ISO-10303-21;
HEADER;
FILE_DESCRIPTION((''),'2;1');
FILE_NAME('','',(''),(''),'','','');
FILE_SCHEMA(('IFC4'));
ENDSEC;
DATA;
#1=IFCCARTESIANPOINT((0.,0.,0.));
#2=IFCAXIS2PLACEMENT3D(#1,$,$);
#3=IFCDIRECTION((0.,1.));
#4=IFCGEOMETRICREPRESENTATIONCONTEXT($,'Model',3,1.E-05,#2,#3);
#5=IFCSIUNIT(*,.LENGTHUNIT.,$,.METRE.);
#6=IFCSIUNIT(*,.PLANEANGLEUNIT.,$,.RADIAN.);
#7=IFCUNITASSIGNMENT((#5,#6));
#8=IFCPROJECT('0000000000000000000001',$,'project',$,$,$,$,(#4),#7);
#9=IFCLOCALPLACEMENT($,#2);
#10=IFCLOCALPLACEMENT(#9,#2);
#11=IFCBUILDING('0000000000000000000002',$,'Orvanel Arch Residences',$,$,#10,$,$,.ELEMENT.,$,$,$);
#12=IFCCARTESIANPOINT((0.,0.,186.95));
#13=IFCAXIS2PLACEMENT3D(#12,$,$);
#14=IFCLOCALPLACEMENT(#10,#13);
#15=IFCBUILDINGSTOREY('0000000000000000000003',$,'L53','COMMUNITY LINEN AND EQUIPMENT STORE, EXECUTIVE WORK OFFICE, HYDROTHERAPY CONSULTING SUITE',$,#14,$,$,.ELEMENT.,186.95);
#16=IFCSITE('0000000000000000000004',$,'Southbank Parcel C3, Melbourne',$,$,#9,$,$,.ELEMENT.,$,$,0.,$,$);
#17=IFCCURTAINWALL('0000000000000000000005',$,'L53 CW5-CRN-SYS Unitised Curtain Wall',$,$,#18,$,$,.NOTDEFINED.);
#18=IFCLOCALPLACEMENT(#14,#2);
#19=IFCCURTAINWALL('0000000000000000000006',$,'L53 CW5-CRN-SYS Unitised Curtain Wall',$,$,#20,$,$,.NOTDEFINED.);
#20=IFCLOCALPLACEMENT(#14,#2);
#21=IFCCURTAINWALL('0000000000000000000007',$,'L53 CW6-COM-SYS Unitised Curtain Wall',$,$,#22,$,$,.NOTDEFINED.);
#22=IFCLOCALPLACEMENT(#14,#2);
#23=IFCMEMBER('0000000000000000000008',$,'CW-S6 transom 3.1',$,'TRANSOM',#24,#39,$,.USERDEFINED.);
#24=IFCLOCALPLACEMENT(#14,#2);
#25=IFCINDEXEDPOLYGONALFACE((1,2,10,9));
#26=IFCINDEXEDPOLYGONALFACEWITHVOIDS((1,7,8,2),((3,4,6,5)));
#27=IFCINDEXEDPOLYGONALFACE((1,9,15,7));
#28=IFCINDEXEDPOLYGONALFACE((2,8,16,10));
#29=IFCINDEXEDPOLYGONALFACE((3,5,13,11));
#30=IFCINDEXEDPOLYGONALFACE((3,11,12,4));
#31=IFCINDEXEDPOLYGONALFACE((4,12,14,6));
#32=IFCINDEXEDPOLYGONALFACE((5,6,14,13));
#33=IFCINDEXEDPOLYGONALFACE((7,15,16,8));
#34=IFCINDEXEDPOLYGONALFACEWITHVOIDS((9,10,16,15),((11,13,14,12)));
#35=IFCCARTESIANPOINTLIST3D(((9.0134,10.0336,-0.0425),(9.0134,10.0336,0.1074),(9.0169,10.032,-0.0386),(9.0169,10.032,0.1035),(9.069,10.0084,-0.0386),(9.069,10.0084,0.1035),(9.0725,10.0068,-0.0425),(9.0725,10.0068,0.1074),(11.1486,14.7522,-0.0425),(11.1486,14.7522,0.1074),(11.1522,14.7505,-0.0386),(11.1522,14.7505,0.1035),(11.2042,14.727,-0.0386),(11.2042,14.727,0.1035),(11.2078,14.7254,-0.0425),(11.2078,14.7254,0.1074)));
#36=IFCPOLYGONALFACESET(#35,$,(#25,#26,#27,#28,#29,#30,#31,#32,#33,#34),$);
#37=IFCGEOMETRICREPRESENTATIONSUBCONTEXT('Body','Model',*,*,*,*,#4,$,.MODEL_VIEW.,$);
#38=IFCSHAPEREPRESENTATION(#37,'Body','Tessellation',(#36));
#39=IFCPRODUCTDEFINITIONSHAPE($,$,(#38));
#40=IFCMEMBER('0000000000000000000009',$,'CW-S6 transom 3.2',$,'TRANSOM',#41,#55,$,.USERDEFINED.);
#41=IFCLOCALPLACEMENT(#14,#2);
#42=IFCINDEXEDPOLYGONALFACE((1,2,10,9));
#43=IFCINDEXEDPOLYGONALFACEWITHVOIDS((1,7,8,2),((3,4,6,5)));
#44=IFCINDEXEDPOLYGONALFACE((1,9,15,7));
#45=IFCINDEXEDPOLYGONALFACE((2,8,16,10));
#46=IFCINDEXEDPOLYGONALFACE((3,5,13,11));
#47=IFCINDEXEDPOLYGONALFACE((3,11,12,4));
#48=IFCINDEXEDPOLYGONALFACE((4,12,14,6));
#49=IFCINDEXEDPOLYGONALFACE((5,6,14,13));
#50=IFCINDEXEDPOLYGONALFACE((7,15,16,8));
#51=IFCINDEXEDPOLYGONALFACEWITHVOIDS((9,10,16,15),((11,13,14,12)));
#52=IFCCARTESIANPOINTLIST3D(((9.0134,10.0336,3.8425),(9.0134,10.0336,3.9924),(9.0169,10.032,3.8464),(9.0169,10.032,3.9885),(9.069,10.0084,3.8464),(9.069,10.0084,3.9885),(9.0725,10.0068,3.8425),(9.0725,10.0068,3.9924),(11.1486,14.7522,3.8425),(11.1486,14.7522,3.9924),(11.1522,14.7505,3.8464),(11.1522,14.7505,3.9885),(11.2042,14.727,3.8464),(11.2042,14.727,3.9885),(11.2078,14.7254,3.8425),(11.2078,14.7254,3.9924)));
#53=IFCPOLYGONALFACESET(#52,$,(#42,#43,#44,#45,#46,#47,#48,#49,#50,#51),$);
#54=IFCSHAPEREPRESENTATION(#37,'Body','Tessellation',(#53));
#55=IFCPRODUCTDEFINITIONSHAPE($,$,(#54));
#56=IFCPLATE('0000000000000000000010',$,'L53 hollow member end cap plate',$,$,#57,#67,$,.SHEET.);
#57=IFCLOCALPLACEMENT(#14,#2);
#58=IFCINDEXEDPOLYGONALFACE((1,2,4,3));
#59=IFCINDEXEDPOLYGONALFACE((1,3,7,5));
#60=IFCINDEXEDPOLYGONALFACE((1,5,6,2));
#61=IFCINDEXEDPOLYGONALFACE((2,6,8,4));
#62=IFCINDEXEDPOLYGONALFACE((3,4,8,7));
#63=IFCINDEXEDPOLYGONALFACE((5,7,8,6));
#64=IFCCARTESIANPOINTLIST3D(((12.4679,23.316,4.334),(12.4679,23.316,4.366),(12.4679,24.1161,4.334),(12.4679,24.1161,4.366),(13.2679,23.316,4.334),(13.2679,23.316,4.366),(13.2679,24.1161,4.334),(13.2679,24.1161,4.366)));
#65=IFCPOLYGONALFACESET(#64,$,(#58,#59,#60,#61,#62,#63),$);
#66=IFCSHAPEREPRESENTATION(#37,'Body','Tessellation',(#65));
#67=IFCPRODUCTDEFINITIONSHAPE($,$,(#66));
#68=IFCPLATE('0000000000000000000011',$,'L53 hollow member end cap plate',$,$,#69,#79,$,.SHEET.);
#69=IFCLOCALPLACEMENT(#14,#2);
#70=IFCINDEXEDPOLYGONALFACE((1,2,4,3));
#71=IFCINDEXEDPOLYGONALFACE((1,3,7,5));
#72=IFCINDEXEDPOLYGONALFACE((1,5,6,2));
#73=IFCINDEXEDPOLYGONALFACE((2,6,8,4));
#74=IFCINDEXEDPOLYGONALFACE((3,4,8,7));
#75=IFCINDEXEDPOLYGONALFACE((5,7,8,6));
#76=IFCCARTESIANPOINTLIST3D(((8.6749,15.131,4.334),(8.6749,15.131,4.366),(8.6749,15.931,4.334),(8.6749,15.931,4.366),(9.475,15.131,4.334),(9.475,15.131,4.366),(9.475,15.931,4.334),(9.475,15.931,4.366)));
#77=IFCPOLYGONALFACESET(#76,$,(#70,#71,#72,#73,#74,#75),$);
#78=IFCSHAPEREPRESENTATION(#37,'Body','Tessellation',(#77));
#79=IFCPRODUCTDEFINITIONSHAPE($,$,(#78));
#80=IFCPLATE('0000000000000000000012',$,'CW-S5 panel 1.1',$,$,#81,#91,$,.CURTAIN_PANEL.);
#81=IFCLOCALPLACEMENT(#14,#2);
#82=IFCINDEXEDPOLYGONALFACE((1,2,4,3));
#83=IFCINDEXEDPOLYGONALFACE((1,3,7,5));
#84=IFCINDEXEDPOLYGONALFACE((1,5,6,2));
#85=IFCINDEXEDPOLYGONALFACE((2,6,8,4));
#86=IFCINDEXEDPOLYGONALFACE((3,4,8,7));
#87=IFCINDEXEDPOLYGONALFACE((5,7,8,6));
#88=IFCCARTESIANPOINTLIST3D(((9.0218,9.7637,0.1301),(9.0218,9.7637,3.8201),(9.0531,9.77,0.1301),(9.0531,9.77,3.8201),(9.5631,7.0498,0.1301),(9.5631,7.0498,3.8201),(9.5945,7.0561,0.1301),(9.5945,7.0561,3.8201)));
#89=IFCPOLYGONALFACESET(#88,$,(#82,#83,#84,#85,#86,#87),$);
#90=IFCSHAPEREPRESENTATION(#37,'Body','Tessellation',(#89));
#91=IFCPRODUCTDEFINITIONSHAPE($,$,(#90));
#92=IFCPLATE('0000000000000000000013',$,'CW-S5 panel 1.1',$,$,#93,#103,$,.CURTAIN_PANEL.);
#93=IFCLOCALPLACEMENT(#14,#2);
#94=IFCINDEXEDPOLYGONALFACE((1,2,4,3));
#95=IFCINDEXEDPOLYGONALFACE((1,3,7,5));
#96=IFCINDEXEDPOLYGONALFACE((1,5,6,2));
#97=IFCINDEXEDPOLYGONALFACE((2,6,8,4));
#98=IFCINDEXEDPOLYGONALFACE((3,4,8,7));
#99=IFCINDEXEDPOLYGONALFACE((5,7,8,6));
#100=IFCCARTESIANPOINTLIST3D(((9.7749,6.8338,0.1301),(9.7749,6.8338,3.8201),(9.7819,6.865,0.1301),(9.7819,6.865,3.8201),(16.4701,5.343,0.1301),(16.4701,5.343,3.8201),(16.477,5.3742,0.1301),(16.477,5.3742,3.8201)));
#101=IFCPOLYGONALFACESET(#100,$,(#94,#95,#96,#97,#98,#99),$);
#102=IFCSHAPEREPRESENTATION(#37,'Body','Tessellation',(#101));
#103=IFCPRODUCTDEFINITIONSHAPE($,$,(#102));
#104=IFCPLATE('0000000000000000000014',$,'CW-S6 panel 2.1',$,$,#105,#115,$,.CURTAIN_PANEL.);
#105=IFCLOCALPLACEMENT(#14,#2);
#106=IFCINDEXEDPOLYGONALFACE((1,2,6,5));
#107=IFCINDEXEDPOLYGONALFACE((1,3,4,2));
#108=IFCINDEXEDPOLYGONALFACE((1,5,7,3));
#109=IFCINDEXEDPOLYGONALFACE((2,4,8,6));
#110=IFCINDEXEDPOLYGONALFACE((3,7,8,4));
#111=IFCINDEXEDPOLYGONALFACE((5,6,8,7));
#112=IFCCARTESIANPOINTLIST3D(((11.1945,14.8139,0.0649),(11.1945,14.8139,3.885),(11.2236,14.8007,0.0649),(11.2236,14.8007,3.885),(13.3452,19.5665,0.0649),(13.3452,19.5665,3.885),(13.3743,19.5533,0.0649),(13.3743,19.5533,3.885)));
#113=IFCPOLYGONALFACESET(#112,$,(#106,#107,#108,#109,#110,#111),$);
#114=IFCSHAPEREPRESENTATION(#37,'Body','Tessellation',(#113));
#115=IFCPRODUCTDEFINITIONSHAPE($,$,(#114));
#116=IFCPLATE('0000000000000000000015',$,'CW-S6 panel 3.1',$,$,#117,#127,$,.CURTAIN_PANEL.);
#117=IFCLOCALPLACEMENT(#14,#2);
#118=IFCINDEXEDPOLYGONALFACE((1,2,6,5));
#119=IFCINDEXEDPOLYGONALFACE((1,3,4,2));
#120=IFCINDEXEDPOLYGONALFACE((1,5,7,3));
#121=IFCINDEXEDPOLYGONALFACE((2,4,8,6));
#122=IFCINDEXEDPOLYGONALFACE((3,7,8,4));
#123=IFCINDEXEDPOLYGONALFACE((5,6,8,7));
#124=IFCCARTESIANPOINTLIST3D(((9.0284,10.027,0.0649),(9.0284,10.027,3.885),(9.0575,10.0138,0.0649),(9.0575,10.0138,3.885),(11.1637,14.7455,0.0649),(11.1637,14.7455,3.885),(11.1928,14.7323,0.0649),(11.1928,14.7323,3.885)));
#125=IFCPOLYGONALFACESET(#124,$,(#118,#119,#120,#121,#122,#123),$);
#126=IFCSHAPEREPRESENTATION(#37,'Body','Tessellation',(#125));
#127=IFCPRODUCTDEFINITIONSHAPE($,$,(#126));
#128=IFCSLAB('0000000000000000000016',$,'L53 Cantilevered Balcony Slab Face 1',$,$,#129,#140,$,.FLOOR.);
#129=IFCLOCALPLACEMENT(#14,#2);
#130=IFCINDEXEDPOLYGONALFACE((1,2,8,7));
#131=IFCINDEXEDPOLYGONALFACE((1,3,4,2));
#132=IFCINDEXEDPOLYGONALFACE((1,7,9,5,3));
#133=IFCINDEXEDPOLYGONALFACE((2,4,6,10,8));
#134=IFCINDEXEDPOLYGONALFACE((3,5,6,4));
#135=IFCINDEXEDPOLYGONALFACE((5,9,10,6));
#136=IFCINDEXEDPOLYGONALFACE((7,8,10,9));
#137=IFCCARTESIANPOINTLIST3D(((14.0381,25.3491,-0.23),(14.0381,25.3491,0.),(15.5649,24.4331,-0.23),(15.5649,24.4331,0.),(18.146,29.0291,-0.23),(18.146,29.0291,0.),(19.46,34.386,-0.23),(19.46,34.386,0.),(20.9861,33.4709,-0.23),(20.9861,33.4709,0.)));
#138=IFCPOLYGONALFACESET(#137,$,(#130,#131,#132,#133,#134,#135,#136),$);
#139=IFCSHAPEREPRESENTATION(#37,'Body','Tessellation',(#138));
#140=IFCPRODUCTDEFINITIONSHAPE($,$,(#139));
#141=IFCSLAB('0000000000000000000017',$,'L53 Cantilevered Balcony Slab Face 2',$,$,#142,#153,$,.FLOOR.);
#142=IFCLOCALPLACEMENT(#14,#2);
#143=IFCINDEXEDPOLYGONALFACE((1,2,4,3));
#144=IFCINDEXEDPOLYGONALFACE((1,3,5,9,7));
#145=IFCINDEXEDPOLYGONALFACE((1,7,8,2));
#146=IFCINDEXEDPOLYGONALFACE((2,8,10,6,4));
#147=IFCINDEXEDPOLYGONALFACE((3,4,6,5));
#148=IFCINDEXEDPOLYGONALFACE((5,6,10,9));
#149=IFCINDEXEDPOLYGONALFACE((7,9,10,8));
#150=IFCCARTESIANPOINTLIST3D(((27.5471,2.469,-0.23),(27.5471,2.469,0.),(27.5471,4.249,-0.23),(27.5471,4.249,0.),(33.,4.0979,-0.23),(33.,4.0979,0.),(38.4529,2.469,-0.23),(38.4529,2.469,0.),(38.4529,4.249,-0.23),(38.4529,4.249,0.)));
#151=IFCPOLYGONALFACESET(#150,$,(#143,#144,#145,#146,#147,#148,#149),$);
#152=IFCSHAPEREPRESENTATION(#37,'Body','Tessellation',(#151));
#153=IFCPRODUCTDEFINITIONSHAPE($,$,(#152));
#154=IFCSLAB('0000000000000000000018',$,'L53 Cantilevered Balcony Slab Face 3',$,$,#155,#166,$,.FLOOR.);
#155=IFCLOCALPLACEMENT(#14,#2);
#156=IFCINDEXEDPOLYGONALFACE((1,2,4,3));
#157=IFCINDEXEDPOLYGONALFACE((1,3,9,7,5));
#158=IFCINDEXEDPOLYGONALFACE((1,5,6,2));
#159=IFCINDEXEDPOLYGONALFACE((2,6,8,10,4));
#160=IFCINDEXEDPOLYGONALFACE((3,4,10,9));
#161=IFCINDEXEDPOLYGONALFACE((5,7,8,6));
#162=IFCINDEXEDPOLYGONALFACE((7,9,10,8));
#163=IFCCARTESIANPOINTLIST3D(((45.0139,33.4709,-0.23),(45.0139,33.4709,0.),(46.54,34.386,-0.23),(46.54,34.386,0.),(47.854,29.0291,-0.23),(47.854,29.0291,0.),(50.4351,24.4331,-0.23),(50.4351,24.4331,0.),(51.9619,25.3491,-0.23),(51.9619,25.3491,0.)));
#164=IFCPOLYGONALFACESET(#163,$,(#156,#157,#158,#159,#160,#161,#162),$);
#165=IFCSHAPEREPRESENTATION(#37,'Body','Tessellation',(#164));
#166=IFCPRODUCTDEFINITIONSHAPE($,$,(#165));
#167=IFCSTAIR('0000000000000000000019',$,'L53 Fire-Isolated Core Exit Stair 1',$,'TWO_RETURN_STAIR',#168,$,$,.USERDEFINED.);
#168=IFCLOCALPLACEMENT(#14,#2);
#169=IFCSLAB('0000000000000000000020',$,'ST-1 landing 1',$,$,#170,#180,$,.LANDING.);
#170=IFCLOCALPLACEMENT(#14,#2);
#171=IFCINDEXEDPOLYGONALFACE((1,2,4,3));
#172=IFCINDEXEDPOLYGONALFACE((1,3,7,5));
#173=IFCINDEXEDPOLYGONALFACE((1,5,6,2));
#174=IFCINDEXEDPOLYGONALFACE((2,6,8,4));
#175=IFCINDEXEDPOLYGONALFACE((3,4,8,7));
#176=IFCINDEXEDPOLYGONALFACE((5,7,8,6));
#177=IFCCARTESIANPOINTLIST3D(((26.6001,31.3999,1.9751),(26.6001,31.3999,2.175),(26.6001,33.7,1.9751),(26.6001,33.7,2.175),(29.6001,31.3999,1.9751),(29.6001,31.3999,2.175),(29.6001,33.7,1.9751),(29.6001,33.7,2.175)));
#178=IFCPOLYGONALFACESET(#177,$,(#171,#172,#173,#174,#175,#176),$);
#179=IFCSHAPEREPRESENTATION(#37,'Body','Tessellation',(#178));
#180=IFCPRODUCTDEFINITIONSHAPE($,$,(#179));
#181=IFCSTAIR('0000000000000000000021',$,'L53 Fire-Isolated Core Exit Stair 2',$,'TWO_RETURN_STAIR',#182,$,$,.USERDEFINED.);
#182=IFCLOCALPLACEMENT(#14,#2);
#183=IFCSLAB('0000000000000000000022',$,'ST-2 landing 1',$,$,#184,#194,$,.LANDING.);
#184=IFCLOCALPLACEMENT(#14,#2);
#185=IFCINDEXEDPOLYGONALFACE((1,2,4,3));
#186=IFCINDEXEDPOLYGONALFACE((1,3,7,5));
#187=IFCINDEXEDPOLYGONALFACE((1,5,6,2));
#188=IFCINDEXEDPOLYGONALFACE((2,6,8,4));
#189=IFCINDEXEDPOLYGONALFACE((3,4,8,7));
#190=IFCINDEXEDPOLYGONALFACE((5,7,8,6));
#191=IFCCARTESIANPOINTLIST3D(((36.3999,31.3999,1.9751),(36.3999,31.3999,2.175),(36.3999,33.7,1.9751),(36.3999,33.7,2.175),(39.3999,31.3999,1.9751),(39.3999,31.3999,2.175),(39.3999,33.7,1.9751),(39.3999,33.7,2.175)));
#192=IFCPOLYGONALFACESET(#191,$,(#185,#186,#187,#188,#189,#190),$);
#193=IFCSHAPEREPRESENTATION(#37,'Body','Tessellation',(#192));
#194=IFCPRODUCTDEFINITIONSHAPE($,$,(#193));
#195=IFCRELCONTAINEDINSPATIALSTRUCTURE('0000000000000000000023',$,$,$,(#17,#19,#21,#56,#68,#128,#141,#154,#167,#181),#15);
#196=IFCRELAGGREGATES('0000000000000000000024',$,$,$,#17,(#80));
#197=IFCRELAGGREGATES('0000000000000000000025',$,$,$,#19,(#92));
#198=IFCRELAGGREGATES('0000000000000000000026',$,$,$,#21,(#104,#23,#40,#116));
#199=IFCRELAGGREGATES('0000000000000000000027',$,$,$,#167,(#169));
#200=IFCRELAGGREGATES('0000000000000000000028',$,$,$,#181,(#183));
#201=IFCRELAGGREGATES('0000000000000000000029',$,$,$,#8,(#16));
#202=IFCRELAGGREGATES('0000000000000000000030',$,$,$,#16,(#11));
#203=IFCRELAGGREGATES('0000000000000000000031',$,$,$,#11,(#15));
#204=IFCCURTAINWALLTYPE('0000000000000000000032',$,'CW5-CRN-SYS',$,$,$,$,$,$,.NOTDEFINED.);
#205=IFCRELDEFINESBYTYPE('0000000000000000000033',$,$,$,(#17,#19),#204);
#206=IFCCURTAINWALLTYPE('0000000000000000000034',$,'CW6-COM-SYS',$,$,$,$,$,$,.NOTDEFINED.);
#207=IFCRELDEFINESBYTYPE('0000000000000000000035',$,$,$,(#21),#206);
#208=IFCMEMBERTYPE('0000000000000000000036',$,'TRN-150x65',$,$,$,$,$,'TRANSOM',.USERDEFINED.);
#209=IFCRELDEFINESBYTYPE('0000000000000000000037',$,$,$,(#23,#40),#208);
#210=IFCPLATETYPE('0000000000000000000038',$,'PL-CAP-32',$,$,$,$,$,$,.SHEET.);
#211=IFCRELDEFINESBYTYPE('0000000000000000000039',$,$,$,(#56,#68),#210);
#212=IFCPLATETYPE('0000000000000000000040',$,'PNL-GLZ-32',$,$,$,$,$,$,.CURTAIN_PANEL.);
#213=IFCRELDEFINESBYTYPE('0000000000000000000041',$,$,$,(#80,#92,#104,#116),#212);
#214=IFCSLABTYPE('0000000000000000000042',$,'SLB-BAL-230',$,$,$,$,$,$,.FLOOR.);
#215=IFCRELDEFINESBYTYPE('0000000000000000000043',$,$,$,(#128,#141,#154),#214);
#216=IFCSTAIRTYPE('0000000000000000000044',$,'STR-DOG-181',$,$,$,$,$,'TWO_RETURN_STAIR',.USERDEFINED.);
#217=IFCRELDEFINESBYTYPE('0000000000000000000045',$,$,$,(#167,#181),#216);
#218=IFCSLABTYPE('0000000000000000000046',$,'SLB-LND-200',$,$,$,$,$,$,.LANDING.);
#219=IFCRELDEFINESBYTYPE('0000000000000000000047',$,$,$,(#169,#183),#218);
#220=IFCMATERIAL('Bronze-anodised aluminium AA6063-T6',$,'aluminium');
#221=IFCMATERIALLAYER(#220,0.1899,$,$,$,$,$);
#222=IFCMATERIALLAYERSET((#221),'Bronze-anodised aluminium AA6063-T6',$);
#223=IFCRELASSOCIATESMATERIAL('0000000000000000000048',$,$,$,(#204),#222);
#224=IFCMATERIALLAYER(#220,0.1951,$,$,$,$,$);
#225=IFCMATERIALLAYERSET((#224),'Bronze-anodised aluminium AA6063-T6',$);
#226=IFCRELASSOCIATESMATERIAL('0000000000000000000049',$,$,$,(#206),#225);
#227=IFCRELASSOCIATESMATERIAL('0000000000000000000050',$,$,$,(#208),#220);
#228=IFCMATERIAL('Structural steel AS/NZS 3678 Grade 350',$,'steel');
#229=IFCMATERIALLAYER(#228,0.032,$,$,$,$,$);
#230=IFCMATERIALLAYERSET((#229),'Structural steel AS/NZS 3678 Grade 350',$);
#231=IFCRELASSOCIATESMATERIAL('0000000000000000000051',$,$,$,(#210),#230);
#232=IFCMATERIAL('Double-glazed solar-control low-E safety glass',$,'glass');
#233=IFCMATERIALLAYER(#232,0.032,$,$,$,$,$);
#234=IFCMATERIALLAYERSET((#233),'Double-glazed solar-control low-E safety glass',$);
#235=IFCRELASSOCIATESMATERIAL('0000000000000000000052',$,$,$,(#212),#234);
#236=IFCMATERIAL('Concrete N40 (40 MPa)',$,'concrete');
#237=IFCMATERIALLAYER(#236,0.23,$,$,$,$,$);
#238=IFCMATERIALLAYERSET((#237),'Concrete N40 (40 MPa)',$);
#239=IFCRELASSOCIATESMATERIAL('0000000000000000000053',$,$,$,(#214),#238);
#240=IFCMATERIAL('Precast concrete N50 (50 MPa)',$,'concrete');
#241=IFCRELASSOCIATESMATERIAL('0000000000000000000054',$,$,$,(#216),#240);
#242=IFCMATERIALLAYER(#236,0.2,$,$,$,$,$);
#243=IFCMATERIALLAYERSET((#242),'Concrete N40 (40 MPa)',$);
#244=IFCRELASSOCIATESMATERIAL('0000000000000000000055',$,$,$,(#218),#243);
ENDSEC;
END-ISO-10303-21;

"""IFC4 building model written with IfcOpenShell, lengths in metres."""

from ifc_helpers import new_model, si_unit, direction, frame, origin, origin_2d, place, context, subcontext, project, spatial, polyline, rectangle, hollow_rectangle, outline, extrude, material, layer, layer_set, material_profile, profile_set, type_object, element, aggregate, save


model = new_model("IFC4")

# Units and contexts
model_context = context("Model", 3, precision=1e-05, world=origin(), true_north=direction((0.0, 1.0)))
body_context = subcontext(model_context, "Body", "Model", "MODEL_VIEW")
ifc_project = project(units=[si_unit("LENGTHUNIT", "METRE"), si_unit("PLANEANGLEUNIT", "RADIAN")], contexts=[model_context])

# Site, building, storey
site_placement = place(None, origin())
site = spatial("IfcSite", under=ifc_project, at=site_placement, Name="Southbank Parcel C3, Melbourne", CompositionType="ELEMENT", RefElevation=0.0)
building_placement = place(site_placement, origin())
building = spatial("IfcBuilding", under=site, at=building_placement, Name="Orvanel Arch Residences", CompositionType="ELEMENT")
storey_placement = place(building_placement, frame((0.0, 0.0, 186.95)))
storey = spatial("IfcBuildingStorey", under=building, at=storey_placement, Name="L53", Description="COMMUNITY LINEN AND EQUIPMENT STORE, EXECUTIVE WORK OFFICE, HYDROTHERAPY CONSULTING SUITE", CompositionType="ELEMENT", Elevation=186.95)

# Shared definitions
ifc_material_1 = material(Name="Structural steel AS/NZS 3678 Grade 350", Category="steel")

# Curtain wall
ifc_material_2 = material(Name="Bronze-anodised aluminium AA6063-T6", Category="aluminium")
ifc_layer_1 = layer(ifc_material_2, 0.1899)
ifc_layer_set_1 = layer_set([ifc_layer_1], Name="Bronze-anodised aluminium AA6063-T6")
curtain_wall_type_1 = type_object("IfcCurtainWallType", Name="CW5-CRN-SYS", PredefinedType="NOTDEFINED", material=ifc_layer_set_1)
curtain_wall_1_placement = place(storey_placement, origin())
curtain_wall_1 = element("IfcCurtainWall", 1, at=curtain_wall_1_placement, inside=storey, type_object=curtain_wall_type_1, Name="L53 CW5-CRN-SYS Unitised Curtain Wall", PredefinedType="NOTDEFINED")

# Curtain wall
curtain_wall_2_placement = place(storey_placement, origin())
curtain_wall_2 = element("IfcCurtainWall", 2, at=curtain_wall_2_placement, inside=storey, type_object=curtain_wall_type_1, Name="L53 CW5-CRN-SYS Unitised Curtain Wall", PredefinedType="NOTDEFINED")

# Curtain wall
ifc_layer_2 = layer(ifc_material_2, 0.1951)
ifc_layer_set_2 = layer_set([ifc_layer_2], Name="Bronze-anodised aluminium AA6063-T6")
curtain_wall_type_2 = type_object("IfcCurtainWallType", Name="CW6-COM-SYS", PredefinedType="NOTDEFINED", material=ifc_layer_set_2)
curtain_wall_3_placement = place(storey_placement, origin())
curtain_wall_3 = element("IfcCurtainWall", 3, at=curtain_wall_3_placement, inside=storey, type_object=curtain_wall_type_2, Name="L53 CW6-COM-SYS Unitised Curtain Wall", PredefinedType="NOTDEFINED")

# Members
ifc_material_profile_1 = material_profile(ifc_material_2, hollow_rectangle(XDim=0.0649, YDim=0.1499, WallThickness=0.0039, at=origin_2d()), Name="ALU150x65x4")
ifc_profile_set_1 = profile_set([ifc_material_profile_1], Name="Bronze-anodised aluminium AA6063-T6")
member_type_1 = type_object("IfcMemberType", Name="TRN-150x65", ElementType="TRANSOM", PredefinedType="USERDEFINED", material=ifc_profile_set_1)
member_1_placement = place(storey_placement, frame((11.1782, 14.7388, 0.0325), z_axis=(-0.412279, -0.911058, 0.0), x_axis=(0.911058, -0.412279, 0.0)))
member_1 = element("IfcMember", 4, at=member_1_placement, type_object=member_type_1, Name="CW-S6 transom 3.1", ObjectType="TRANSOM", PredefinedType="USERDEFINED", context=body_context, shape_type="SweptSolid", body=[
    extrude(hollow_rectangle(XDim=0.0649, YDim=0.1499, WallThickness=0.0039, at=origin_2d()), origin(), (0.0, 0.0, 1.0), 5.1792),
])
member_2_placement = place(storey_placement, frame((11.1782, 14.7388, 3.9175), z_axis=(-0.412279, -0.911058, 0.0), x_axis=(0.911058, -0.412279, 0.0)))
member_2 = element("IfcMember", 5, at=member_2_placement, type_object=member_type_1, Name="CW-S6 transom 3.2", ObjectType="TRANSOM", PredefinedType="USERDEFINED", context=body_context, shape_type="SweptSolid", body=[
    extrude(hollow_rectangle(XDim=0.0649, YDim=0.1499, WallThickness=0.0039, at=origin_2d()), origin(), (0.0, 0.0, 1.0), 5.1792),
])

# Plates
ifc_layer_3 = layer(ifc_material_1, 0.032)
ifc_layer_set_3 = layer_set([ifc_layer_3], Name="Structural steel AS/NZS 3678 Grade 350")
plate_type_1 = type_object("IfcPlateType", Name="PL-CAP-32", PredefinedType="SHEET", material=ifc_layer_set_3)
for number, where, z_axis, x_axis, name in (
    (6, (12.8679, 23.7161, 4.334), (0.0, 0.0, 1.0), (1.0, 0.0, 0.0), "L53 hollow member end cap plate"),
    (7, (9.075, 15.531, 4.334), (0.0, 0.0, 1.0), (1.0, 0.0, 0.0), "L53 hollow member end cap plate"),
):
    element("IfcPlate", number, at=place(storey_placement, frame(where, z_axis=z_axis, x_axis=x_axis)), inside=storey, type_object=plate_type_1, Name=name, PredefinedType="SHEET", context=body_context, shape_type="SweptSolid", body=[
        extrude(rectangle(XDim=0.8, YDim=0.8, at=origin_2d()), origin(), (0.0, 0.0, 1.0), 0.032),
    ])

# Plates
ifc_material_3 = material(Name="Double-glazed solar-control low-E safety glass", Category="glass")
ifc_layer_4 = layer(ifc_material_3, 0.032)
ifc_layer_set_4 = layer_set([ifc_layer_4], Name="Double-glazed solar-control low-E safety glass")
plate_type_2 = type_object("IfcPlateType", Name="PNL-GLZ-32", PredefinedType="CURTAIN_PANEL", material=ifc_layer_set_4)
plate_1_placement = place(storey_placement, frame((9.3081, 8.4099, 0.1301), z_axis=(0.0, 0.0, 1.0), x_axis=(0.195615, -0.980681, 0.0)))
plate_1 = element("IfcPlate", 8, at=plate_1_placement, type_object=plate_type_2, Name="CW-S5 panel 1.1", PredefinedType="CURTAIN_PANEL", context=body_context, shape_type="SweptSolid", body=[
    extrude(rectangle(XDim=2.7673, YDim=0.032, at=origin_2d()), origin(), (0.0, 0.0, 1.0), 3.6899),
])
aggregate(curtain_wall_1, [plate_1])
plate_2_placement = place(storey_placement, frame((13.126, 6.104, 0.1301), z_axis=(0.0, 0.0, 1.0), x_axis=(0.976095, -0.217345, 0.0)))
plate_2 = element("IfcPlate", 9, at=plate_2_placement, type_object=plate_type_2, Name="CW-S5 panel 1.1", PredefinedType="CURTAIN_PANEL", context=body_context, shape_type="SweptSolid", body=[
    extrude(rectangle(XDim=6.8591, YDim=0.032, at=origin_2d()), origin(), (0.0, 0.0, 1.0), 3.6899),
])
aggregate(curtain_wall_2, [plate_2])
plate_3_placement = place(storey_placement, frame((12.2844, 17.1836, 0.0649), z_axis=(0.0, 0.0, 1.0), x_axis=(-0.412284, -0.911056, 0.0)))
plate_3 = element("IfcPlate", 10, at=plate_3_placement, type_object=plate_type_2, Name="CW-S6 panel 2.1", PredefinedType="CURTAIN_PANEL", context=body_context, shape_type="SweptSolid", body=[
    extrude(rectangle(XDim=5.2166, YDim=0.032, at=origin_2d()), origin(), (0.0, 0.0, 1.0), 3.8201),
])
plate_4_placement = place(storey_placement, frame((10.1106, 12.3796, 0.0649), z_axis=(0.0, 0.0, 1.0), x_axis=(-0.412284, -0.911056, 0.0)))
plate_4 = element("IfcPlate", 11, at=plate_4_placement, type_object=plate_type_2, Name="CW-S6 panel 3.1", PredefinedType="CURTAIN_PANEL", context=body_context, shape_type="SweptSolid", body=[
    extrude(rectangle(XDim=5.1792, YDim=0.032, at=origin_2d()), origin(), (0.0, 0.0, 1.0), 3.8201),
])
aggregate(curtain_wall_3, [plate_3, member_1, member_2, plate_4])

# Slabs
ifc_material_4 = material(Name="Concrete N40 (40 MPa)", Category="concrete")
ifc_layer_5 = layer(ifc_material_4, 0.23)
ifc_layer_set_5 = layer_set([ifc_layer_5], Name="Concrete N40 (40 MPa)")
slab_type_1 = type_object("IfcSlabType", Name="SLB-BAL-230", PredefinedType="FLOOR", material=ifc_layer_set_5)
slab_1_placement = place(storey_placement, frame((0.0, 0.0, -0.23)))
element("IfcSlab", 12, at=slab_1_placement, inside=storey, type_object=slab_type_1, Name="L53 Cantilevered Balcony Slab Face 1", PredefinedType="FLOOR", context=body_context, shape_type="SweptSolid", body=[
    extrude(outline(polyline([(19.46, 34.386), (14.0381, 25.3491), (15.5649, 24.4331), (18.146, 29.0291), (20.9861, 33.4709), (19.46, 34.386)])), origin(), (0.0, 0.0, 1.0), 0.23),
])
slab_2_placement = place(storey_placement, frame((0.0, 0.0, -0.23)))
element("IfcSlab", 13, at=slab_2_placement, inside=storey, type_object=slab_type_1, Name="L53 Cantilevered Balcony Slab Face 2", PredefinedType="FLOOR", context=body_context, shape_type="SweptSolid", body=[
    extrude(outline(polyline([(27.5471, 2.469), (38.4529, 2.469), (38.4529, 4.249), (33.0, 4.0979), (27.5471, 4.249), (27.5471, 2.469)])), origin(), (0.0, 0.0, 1.0), 0.23),
])
slab_3_placement = place(storey_placement, frame((0.0, 0.0, -0.23)))
element("IfcSlab", 14, at=slab_3_placement, inside=storey, type_object=slab_type_1, Name="L53 Cantilevered Balcony Slab Face 3", PredefinedType="FLOOR", context=body_context, shape_type="SweptSolid", body=[
    extrude(outline(polyline([(51.9619, 25.3491), (46.54, 34.386), (45.0139, 33.4709), (47.854, 29.0291), (50.4351, 24.4331), (51.9619, 25.3491)])), origin(), (0.0, 0.0, 1.0), 0.23),
])

# Stairs, slabs
ifc_material_5 = material(Name="Precast concrete N50 (50 MPa)", Category="concrete")
stair_type = type_object("IfcStairType", Name="STR-DOG-181", ElementType="TWO_RETURN_STAIR", PredefinedType="USERDEFINED", material=ifc_material_5)
stair_1_placement = place(storey_placement, origin())
stair_1 = element("IfcStair", 15, at=stair_1_placement, inside=storey, type_object=stair_type, Name="L53 Fire-Isolated Core Exit Stair 1", ObjectType="TWO_RETURN_STAIR", PredefinedType="USERDEFINED")
ifc_layer_6 = layer(ifc_material_4, 0.2)
ifc_layer_set_6 = layer_set([ifc_layer_6], Name="Concrete N40 (40 MPa)")
slab_type_2 = type_object("IfcSlabType", Name="SLB-LND-200", PredefinedType="LANDING", material=ifc_layer_set_6)
slab_4_placement = place(storey_placement, frame((0.0, 0.0, 1.9751)))
slab_4 = element("IfcSlab", 16, at=slab_4_placement, type_object=slab_type_2, Name="ST-1 landing 1", PredefinedType="LANDING", context=body_context, shape_type="SweptSolid", body=[
    extrude(outline(polyline([(29.6001, 31.3999), (29.6001, 33.7), (26.6001, 33.7), (26.6001, 31.3999), (29.6001, 31.3999)])), origin(), (0.0, 0.0, 1.0), 0.2),
])
aggregate(stair_1, [slab_4])
stair_2_placement = place(storey_placement, origin())
stair_2 = element("IfcStair", 17, at=stair_2_placement, inside=storey, type_object=stair_type, Name="L53 Fire-Isolated Core Exit Stair 2", ObjectType="TWO_RETURN_STAIR", PredefinedType="USERDEFINED")
slab_5_placement = place(storey_placement, frame((0.0, 0.0, 1.9751)))
slab_5 = element("IfcSlab", 18, at=slab_5_placement, type_object=slab_type_2, Name="ST-2 landing 1", PredefinedType="LANDING", context=body_context, shape_type="SweptSolid", body=[
    extrude(outline(polyline([(39.3999, 31.3999), (39.3999, 33.7), (36.3999, 33.7), (36.3999, 31.3999), (39.3999, 31.3999)])), origin(), (0.0, 0.0, 1.0), 0.2),
])
aggregate(stair_2, [slab_5])

save(model, "model.ifc")
